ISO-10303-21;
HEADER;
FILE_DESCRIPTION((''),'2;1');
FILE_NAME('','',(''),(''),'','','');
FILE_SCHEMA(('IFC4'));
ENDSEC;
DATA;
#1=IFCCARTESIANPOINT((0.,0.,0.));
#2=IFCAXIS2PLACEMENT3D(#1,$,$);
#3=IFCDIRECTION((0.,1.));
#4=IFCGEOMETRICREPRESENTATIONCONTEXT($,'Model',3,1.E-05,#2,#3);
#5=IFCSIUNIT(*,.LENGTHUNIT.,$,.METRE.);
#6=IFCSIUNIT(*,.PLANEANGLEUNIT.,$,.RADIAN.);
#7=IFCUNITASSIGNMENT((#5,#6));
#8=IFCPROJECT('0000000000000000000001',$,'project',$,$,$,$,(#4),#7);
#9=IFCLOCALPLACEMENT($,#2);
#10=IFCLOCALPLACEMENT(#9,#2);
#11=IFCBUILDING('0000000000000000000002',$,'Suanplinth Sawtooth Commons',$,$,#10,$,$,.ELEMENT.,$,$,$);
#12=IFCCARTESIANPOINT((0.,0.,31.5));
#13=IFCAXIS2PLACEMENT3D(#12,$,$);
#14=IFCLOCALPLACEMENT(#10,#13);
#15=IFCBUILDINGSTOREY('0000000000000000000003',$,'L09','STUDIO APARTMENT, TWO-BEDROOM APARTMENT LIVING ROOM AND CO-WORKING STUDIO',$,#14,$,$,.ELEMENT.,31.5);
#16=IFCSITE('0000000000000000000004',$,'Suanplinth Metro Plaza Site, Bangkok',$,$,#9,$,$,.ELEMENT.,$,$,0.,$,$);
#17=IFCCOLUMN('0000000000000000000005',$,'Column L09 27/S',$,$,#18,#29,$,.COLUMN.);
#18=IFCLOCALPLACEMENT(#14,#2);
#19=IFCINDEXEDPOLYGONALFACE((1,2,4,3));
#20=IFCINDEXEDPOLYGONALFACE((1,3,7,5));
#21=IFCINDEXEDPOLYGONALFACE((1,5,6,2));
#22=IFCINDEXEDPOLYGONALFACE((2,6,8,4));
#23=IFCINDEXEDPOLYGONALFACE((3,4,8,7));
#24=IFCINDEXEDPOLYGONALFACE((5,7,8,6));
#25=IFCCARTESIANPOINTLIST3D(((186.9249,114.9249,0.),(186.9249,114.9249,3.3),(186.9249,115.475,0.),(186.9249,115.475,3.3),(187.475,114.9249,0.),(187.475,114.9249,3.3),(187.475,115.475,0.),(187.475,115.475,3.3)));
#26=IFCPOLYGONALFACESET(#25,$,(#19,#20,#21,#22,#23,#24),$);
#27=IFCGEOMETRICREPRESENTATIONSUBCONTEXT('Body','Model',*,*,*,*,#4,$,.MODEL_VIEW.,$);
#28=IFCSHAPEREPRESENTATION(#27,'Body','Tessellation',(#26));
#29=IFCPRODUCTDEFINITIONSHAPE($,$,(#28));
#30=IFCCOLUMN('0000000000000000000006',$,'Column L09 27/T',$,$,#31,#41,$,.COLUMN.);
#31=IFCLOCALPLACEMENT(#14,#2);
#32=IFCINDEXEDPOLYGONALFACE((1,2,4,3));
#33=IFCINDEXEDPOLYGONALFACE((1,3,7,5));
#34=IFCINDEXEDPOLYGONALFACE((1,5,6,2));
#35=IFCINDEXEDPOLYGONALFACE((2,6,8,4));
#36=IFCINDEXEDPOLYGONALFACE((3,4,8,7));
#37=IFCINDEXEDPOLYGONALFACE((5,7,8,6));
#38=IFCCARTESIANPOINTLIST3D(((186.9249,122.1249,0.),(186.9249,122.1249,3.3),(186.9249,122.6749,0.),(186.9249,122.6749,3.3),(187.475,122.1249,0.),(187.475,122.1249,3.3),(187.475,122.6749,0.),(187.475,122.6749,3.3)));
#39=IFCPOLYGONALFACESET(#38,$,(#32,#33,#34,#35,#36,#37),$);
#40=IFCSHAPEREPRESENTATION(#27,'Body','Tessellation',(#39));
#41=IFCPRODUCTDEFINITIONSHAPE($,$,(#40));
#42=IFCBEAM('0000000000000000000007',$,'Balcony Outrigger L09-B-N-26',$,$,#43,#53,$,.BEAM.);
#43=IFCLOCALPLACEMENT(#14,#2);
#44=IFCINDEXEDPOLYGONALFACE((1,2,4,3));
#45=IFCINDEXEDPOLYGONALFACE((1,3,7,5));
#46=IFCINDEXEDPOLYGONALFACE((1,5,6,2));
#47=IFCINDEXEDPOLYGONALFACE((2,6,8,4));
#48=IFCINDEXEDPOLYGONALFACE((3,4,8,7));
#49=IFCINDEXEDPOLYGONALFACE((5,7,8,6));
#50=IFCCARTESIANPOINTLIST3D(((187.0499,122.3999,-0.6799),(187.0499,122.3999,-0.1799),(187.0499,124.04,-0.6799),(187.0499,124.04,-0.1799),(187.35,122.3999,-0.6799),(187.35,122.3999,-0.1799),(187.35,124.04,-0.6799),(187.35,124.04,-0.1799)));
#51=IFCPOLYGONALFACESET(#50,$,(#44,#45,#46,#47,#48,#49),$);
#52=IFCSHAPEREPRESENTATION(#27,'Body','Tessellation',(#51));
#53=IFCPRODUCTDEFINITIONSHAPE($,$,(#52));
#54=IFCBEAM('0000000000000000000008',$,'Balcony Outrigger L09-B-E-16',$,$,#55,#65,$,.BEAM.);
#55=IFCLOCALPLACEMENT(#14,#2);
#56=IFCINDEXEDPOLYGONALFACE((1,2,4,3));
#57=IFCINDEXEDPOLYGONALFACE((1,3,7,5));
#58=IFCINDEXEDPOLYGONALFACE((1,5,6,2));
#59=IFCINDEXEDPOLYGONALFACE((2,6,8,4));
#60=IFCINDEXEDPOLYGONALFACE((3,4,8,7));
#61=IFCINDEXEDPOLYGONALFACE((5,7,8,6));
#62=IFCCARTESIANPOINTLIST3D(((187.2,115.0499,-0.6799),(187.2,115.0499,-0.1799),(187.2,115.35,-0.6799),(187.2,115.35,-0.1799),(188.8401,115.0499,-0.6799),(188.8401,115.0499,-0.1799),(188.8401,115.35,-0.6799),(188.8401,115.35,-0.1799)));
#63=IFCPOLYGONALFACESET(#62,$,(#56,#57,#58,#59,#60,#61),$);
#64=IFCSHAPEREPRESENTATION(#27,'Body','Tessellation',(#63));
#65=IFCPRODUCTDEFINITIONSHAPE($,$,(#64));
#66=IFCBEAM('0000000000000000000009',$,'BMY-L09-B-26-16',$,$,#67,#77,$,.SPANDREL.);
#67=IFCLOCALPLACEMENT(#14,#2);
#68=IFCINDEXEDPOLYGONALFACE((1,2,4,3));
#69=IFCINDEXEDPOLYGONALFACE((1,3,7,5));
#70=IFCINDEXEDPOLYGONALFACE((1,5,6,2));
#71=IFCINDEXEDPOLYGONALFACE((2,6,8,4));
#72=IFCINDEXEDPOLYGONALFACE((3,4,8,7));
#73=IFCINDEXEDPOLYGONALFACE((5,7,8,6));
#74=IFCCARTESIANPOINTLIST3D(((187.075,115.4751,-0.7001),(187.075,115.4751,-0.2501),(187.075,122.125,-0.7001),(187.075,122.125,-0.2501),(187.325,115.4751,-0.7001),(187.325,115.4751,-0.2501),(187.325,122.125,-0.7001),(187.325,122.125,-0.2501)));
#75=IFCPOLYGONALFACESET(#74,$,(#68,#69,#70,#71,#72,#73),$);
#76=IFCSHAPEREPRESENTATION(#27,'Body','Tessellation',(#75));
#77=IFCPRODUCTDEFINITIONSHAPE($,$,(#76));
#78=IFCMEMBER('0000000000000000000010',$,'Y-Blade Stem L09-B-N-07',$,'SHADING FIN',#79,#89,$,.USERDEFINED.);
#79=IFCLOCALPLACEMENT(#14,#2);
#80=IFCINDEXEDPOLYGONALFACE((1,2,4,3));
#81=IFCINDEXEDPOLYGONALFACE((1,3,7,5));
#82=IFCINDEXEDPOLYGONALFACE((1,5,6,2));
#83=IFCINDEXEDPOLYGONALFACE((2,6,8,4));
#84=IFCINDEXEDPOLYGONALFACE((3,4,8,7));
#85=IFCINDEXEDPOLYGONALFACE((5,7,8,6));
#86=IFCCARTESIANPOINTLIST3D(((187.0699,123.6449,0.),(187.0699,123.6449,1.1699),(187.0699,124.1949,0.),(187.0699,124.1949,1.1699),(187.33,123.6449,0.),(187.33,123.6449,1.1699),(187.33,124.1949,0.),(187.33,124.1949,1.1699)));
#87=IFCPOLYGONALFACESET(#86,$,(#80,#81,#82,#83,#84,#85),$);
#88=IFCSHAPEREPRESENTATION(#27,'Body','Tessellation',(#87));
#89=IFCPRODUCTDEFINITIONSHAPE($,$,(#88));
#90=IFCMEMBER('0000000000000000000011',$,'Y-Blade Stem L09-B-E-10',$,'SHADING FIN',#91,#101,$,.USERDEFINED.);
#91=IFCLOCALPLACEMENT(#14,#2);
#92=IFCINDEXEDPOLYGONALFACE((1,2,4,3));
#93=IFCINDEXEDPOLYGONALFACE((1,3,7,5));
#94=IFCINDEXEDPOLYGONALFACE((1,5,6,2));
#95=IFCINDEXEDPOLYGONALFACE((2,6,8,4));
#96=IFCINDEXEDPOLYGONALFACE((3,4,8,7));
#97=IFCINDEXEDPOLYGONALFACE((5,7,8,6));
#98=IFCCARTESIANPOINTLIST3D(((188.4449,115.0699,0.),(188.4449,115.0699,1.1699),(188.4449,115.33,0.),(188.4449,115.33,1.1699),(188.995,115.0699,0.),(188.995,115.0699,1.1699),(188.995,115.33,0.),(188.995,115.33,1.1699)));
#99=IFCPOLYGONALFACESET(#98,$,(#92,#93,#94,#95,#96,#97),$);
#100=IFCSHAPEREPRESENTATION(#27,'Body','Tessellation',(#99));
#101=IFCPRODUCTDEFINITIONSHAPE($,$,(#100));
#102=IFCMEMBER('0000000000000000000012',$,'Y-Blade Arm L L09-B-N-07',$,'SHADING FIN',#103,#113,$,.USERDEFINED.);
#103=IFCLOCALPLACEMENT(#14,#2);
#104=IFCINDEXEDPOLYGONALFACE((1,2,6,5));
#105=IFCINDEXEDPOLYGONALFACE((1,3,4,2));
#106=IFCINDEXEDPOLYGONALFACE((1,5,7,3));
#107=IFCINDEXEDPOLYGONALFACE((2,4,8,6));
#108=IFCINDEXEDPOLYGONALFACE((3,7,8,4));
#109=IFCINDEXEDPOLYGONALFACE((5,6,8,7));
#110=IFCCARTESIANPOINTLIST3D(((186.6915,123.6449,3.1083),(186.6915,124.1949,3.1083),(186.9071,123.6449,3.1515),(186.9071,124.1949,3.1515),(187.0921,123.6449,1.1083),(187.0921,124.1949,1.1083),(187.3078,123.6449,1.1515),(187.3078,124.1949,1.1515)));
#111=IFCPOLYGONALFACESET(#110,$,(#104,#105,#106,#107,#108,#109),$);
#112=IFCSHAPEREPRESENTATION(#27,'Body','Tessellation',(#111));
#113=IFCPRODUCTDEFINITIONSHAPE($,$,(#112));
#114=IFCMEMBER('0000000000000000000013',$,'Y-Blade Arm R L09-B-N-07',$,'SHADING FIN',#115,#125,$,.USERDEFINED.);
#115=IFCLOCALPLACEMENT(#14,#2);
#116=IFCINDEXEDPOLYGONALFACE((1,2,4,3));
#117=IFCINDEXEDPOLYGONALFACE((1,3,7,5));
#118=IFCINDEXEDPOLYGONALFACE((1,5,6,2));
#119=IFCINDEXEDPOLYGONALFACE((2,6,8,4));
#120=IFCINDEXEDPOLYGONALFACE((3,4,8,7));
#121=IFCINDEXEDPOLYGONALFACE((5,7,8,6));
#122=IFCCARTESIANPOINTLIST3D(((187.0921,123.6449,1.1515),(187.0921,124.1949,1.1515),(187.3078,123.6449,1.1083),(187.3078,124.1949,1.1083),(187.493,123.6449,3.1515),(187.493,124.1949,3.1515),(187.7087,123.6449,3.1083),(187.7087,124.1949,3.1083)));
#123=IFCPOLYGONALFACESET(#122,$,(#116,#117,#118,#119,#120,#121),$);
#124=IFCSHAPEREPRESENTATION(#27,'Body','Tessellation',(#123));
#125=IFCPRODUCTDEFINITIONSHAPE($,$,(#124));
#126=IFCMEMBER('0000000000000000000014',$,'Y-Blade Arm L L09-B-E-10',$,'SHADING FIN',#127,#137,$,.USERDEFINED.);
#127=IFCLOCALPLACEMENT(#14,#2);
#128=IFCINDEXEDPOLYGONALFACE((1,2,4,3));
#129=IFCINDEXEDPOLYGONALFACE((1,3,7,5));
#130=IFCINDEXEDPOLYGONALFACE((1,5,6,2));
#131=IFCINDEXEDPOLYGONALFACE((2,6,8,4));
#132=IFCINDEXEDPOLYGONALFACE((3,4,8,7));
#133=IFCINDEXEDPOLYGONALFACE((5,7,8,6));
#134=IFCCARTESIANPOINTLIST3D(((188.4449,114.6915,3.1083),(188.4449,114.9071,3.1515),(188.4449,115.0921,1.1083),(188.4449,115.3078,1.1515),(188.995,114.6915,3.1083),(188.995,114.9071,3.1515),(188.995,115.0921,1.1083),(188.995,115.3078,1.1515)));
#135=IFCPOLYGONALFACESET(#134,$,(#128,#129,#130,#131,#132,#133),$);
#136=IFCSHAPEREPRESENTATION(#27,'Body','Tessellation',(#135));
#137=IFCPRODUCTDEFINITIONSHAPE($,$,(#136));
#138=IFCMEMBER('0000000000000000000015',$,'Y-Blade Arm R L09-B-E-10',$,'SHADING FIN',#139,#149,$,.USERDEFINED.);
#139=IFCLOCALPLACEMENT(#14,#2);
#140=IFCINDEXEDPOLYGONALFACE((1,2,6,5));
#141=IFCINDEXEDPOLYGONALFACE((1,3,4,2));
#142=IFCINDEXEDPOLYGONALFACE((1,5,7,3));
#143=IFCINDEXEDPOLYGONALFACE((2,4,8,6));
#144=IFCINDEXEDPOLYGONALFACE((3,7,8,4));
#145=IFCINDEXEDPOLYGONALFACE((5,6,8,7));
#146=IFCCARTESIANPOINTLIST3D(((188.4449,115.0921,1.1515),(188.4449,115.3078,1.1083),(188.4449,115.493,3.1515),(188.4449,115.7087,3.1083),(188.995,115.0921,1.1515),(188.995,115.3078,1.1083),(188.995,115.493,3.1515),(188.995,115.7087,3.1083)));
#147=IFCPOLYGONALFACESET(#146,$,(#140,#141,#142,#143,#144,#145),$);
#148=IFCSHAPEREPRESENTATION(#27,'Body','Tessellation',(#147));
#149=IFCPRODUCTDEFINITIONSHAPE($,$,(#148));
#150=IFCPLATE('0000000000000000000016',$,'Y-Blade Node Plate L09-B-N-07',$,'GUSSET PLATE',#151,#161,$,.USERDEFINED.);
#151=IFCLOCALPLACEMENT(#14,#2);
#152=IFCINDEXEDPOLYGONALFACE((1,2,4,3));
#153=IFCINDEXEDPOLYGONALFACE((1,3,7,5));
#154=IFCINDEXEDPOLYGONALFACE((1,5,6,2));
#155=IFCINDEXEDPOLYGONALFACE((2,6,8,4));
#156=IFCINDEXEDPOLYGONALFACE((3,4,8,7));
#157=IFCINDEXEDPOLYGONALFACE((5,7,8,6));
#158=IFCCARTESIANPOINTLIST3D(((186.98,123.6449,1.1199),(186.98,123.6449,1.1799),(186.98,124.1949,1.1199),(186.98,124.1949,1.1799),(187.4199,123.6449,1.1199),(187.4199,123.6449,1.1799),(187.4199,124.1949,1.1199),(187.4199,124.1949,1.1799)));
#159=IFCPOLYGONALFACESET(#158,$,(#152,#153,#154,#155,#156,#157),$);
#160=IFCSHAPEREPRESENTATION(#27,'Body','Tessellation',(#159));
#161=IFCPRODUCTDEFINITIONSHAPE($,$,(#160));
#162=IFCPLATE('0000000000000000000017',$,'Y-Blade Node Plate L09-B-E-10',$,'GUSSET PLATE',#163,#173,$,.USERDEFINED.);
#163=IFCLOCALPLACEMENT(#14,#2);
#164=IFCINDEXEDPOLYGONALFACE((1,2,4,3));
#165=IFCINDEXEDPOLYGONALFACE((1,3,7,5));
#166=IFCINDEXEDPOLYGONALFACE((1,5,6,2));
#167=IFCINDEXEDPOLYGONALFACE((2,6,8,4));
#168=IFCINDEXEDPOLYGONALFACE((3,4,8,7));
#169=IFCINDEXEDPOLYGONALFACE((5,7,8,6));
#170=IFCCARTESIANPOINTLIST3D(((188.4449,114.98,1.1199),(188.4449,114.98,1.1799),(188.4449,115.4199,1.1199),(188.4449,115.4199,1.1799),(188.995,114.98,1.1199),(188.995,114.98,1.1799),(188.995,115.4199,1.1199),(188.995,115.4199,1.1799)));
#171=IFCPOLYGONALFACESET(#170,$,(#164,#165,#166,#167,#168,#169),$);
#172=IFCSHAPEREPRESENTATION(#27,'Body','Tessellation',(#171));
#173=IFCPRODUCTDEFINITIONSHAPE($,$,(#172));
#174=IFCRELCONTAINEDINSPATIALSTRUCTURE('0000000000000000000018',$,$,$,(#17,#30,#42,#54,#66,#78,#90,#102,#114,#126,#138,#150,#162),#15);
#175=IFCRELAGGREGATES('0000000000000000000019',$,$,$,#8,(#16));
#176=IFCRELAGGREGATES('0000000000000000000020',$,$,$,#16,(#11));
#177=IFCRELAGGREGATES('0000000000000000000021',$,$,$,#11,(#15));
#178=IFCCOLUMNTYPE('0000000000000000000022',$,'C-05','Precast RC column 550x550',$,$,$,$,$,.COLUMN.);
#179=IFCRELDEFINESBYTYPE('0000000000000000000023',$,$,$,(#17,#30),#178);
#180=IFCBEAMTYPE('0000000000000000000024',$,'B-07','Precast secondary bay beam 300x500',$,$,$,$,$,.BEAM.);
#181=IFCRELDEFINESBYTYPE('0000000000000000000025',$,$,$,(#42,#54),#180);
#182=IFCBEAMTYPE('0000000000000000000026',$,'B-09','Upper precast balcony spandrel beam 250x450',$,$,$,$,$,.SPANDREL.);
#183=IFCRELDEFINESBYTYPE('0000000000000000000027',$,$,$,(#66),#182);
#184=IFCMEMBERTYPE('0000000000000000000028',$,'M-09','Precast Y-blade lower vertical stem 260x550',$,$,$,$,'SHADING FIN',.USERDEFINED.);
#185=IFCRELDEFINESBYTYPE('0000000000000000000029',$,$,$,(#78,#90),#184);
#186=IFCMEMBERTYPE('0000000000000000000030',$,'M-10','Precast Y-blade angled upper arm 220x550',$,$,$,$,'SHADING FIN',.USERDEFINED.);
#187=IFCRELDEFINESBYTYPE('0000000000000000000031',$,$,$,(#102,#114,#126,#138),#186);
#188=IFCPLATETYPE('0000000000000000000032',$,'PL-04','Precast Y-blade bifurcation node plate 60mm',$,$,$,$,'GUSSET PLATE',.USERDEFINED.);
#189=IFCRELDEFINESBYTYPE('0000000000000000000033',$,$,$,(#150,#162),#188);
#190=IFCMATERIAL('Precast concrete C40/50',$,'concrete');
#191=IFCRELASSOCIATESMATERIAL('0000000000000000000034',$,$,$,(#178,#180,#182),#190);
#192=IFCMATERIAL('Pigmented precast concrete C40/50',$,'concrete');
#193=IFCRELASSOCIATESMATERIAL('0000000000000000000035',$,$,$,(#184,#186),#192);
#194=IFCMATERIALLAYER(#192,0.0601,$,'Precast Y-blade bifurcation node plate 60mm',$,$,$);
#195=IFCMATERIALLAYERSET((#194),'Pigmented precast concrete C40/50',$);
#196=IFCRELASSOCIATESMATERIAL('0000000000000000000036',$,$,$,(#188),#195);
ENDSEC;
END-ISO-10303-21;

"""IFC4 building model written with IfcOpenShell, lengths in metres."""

from ifc_helpers import new_model, si_unit, direction, frame, origin, origin_2d, place, context, subcontext, project, spatial, rectangle, extrude, material, layer, layer_set, material_profile, profile_set, type_object, element, save


model = new_model("IFC4")

# Units and contexts
model_context = context("Model", 3, precision=1e-05, world=origin(), true_north=direction((0.0, 1.0)))
body_context = subcontext(model_context, "Body", "Model", "MODEL_VIEW")
ifc_project = project(units=[si_unit("LENGTHUNIT", "METRE"), si_unit("PLANEANGLEUNIT", "RADIAN")], contexts=[model_context])

# Site, building, storey
site_placement = place(None, origin())
site = spatial("IfcSite", under=ifc_project, at=site_placement, Name="Suanplinth Metro Plaza Site, Bangkok", CompositionType="ELEMENT", RefElevation=0.0)
building_placement = place(site_placement, origin())
building = spatial("IfcBuilding", under=site, at=building_placement, Name="Suanplinth Sawtooth Commons", CompositionType="ELEMENT")
storey_placement = place(building_placement, frame((0.0, 0.0, 31.5)))
storey = spatial("IfcBuildingStorey", under=building, at=storey_placement, Name="L09", Description="STUDIO APARTMENT, TWO-BEDROOM APARTMENT LIVING ROOM AND CO-WORKING STUDIO", CompositionType="ELEMENT", Elevation=31.5)

# Columns
ifc_material_1 = material(Name="Precast concrete C40/50", Category="concrete")
ifc_material_profile_1 = material_profile(ifc_material_1, rectangle(XDim=0.55, YDim=0.55, at=origin_2d()), Name="PC-COL 550x550")
ifc_profile_set_1 = profile_set([ifc_material_profile_1], Name="Precast concrete C40/50")
column_type = type_object("IfcColumnType", Name="C-05", Description="Precast RC column 550x550", PredefinedType="COLUMN", material=ifc_profile_set_1)
for number, where, z_axis, x_axis, name in (
    (1, (187.2, 115.2, 0.0), (0.0, 0.0, 1.0), (1.0, 0.0, 0.0), "Column L09 27/S"),
    (2, (187.2, 122.3999, 0.0), (0.0, 0.0, 1.0), (1.0, 0.0, 0.0), "Column L09 27/T"),
):
    element("IfcColumn", number, at=place(storey_placement, frame(where, z_axis=z_axis, x_axis=x_axis)), inside=storey, type_object=column_type, Name=name, PredefinedType="COLUMN", context=body_context, shape_type="SweptSolid", body=[
        extrude(rectangle(XDim=0.55, YDim=0.55, at=origin_2d()), origin(), (0.0, 0.0, 1.0), 3.3),
    ])

# Beams
ifc_material_profile_2 = material_profile(ifc_material_1, rectangle(XDim=0.3, YDim=0.5, at=origin_2d()), Name="PC-BM 300x500")
ifc_profile_set_2 = profile_set([ifc_material_profile_2], Name="Precast concrete C40/50")
beam_type_1 = type_object("IfcBeamType", Name="B-07", Description="Precast secondary bay beam 300x500", PredefinedType="BEAM", material=ifc_profile_set_2)
for number, where, z_axis, x_axis, name in (
    (3, (187.2, 122.3999, -0.4299), (0.0, 1.0, 0.0), (-1.0, 0.0, 0.0), "Balcony Outrigger L09-B-N-26"),
    (4, (187.2, 115.2, -0.4299), (1.0, 0.0, 0.0), (0.0, 1.0, 0.0), "Balcony Outrigger L09-B-E-16"),
):
    element("IfcBeam", number, at=place(storey_placement, frame(where, z_axis=z_axis, x_axis=x_axis)), inside=storey, type_object=beam_type_1, Name=name, PredefinedType="BEAM", context=body_context, shape_type="SweptSolid", body=[
        extrude(rectangle(XDim=0.3, YDim=0.5, at=origin_2d()), origin(), (0.0, 0.0, 1.0), 1.6401),
    ])
ifc_material_profile_3 = material_profile(ifc_material_1, rectangle(XDim=0.25, YDim=0.45, at=origin_2d()), Name="PC-SP 250x450")
ifc_profile_set_3 = profile_set([ifc_material_profile_3], Name="Precast concrete C40/50")
beam_type_2 = type_object("IfcBeamType", Name="B-09", Description="Upper precast balcony spandrel beam 250x450", PredefinedType="SPANDREL", material=ifc_profile_set_3)
beam_placement = place(storey_placement, frame((187.2, 115.4751, -0.4751), z_axis=(0.0, 1.0, 0.0), x_axis=(-1.0, 0.0, 0.0)))
element("IfcBeam", 5, at=beam_placement, inside=storey, type_object=beam_type_2, Name="BMY-L09-B-26-16", PredefinedType="SPANDREL", context=body_context, shape_type="SweptSolid", body=[
    extrude(rectangle(XDim=0.25, YDim=0.45, at=origin_2d()), origin(), (0.0, 0.0, 1.0), 6.6499),
])

# Members
ifc_material_2 = material(Name="Pigmented precast concrete C40/50", Category="concrete")
ifc_material_profile_4 = material_profile(ifc_material_2, rectangle(XDim=0.26, YDim=0.55, at=origin_2d()), Name="PC-FIN 260x550")
ifc_profile_set_4 = profile_set([ifc_material_profile_4], Name="Pigmented precast concrete C40/50")
member_type_1 = type_object("IfcMemberType", Name="M-09", Description="Precast Y-blade lower vertical stem 260x550", ElementType="SHADING FIN", PredefinedType="USERDEFINED", material=ifc_profile_set_4)
for number, where, z_axis, x_axis, name in (
    (6, (187.2, 123.9199, 0.0), (0.0, 0.0, 1.0), (1.0, 0.0, 0.0), "Y-Blade Stem L09-B-N-07"),
    (7, (188.72, 115.2, 0.0), (0.0, 0.0, 1.0), (0.0, 1.0, 0.0), "Y-Blade Stem L09-B-E-10"),
):
    element("IfcMember", number, at=place(storey_placement, frame(where, z_axis=z_axis, x_axis=x_axis)), inside=storey, type_object=member_type_1, Name=name, ObjectType="SHADING FIN", PredefinedType="USERDEFINED", context=body_context, shape_type="SweptSolid", body=[
        extrude(rectangle(XDim=0.26, YDim=0.55, at=origin_2d()), origin(), (0.0, 0.0, 1.0), 1.1699),
    ])
ifc_material_profile_5 = material_profile(ifc_material_2, rectangle(XDim=0.22, YDim=0.55, at=origin_2d()), Name="PC-FIN 220x550")
ifc_profile_set_5 = profile_set([ifc_material_profile_5], Name="Pigmented precast concrete C40/50")
member_type_2 = type_object("IfcMemberType", Name="M-10", Description="Precast Y-blade angled upper arm 220x550", ElementType="SHADING FIN", PredefinedType="USERDEFINED", material=ifc_profile_set_5)
for number, where, z_axis, x_axis, name in (
    (8, (187.2, 123.9199, 1.1299), (-0.196415, 0.0, 0.980521), (0.980521, 0.0, 0.196415), "Y-Blade Arm L L09-B-N-07"),
    (9, (187.2, 123.9199, 1.1299), (0.19653, 0.0, 0.980498), (-0.980498, 0.0, 0.19653), "Y-Blade Arm R L09-B-N-07"),
    (10, (188.72, 115.2, 1.1299), (0.0, -0.196415, 0.980521), (0.0, 0.980521, 0.196415), "Y-Blade Arm L L09-B-E-10"),
    (11, (188.72, 115.2, 1.1299), (0.0, 0.19653, 0.980498), (0.0, -0.980498, 0.19653), "Y-Blade Arm R L09-B-E-10"),
):
    element("IfcMember", number, at=place(storey_placement, frame(where, z_axis=z_axis, x_axis=x_axis)), inside=storey, type_object=member_type_2, Name=name, ObjectType="SHADING FIN", PredefinedType="USERDEFINED", context=body_context, shape_type="SweptSolid", body=[
        extrude(rectangle(XDim=0.22, YDim=0.55, at=origin_2d()), origin(), (0.0, 0.0, 1.0), 2.0398),
    ])

# Plates
ifc_layer_1 = layer(ifc_material_2, 0.0601, Name="Precast Y-blade bifurcation node plate 60mm")
ifc_layer_set_1 = layer_set([ifc_layer_1], Name="Pigmented precast concrete C40/50")
plate_type = type_object("IfcPlateType", Name="PL-04", Description="Precast Y-blade bifurcation node plate 60mm", ElementType="GUSSET PLATE", PredefinedType="USERDEFINED", material=ifc_layer_set_1)
for number, where, z_axis, x_axis, name in (
    (12, (187.2, 123.9199, 1.1199), (0.0, 0.0, 1.0), (1.0, 0.0, 0.0), "Y-Blade Node Plate L09-B-N-07"),
    (13, (188.72, 115.2, 1.1199), (0.0, 0.0, 1.0), (0.0, 1.0, 0.0), "Y-Blade Node Plate L09-B-E-10"),
):
    element("IfcPlate", number, at=place(storey_placement, frame(where, z_axis=z_axis, x_axis=x_axis)), inside=storey, type_object=plate_type, Name=name, ObjectType="GUSSET PLATE", PredefinedType="USERDEFINED", context=body_context, shape_type="SweptSolid", body=[
        extrude(rectangle(XDim=0.4399, YDim=0.55, at=origin_2d()), origin(), (0.0, 0.0, 1.0), 0.0601),
    ])

save(model, "model.ifc")
